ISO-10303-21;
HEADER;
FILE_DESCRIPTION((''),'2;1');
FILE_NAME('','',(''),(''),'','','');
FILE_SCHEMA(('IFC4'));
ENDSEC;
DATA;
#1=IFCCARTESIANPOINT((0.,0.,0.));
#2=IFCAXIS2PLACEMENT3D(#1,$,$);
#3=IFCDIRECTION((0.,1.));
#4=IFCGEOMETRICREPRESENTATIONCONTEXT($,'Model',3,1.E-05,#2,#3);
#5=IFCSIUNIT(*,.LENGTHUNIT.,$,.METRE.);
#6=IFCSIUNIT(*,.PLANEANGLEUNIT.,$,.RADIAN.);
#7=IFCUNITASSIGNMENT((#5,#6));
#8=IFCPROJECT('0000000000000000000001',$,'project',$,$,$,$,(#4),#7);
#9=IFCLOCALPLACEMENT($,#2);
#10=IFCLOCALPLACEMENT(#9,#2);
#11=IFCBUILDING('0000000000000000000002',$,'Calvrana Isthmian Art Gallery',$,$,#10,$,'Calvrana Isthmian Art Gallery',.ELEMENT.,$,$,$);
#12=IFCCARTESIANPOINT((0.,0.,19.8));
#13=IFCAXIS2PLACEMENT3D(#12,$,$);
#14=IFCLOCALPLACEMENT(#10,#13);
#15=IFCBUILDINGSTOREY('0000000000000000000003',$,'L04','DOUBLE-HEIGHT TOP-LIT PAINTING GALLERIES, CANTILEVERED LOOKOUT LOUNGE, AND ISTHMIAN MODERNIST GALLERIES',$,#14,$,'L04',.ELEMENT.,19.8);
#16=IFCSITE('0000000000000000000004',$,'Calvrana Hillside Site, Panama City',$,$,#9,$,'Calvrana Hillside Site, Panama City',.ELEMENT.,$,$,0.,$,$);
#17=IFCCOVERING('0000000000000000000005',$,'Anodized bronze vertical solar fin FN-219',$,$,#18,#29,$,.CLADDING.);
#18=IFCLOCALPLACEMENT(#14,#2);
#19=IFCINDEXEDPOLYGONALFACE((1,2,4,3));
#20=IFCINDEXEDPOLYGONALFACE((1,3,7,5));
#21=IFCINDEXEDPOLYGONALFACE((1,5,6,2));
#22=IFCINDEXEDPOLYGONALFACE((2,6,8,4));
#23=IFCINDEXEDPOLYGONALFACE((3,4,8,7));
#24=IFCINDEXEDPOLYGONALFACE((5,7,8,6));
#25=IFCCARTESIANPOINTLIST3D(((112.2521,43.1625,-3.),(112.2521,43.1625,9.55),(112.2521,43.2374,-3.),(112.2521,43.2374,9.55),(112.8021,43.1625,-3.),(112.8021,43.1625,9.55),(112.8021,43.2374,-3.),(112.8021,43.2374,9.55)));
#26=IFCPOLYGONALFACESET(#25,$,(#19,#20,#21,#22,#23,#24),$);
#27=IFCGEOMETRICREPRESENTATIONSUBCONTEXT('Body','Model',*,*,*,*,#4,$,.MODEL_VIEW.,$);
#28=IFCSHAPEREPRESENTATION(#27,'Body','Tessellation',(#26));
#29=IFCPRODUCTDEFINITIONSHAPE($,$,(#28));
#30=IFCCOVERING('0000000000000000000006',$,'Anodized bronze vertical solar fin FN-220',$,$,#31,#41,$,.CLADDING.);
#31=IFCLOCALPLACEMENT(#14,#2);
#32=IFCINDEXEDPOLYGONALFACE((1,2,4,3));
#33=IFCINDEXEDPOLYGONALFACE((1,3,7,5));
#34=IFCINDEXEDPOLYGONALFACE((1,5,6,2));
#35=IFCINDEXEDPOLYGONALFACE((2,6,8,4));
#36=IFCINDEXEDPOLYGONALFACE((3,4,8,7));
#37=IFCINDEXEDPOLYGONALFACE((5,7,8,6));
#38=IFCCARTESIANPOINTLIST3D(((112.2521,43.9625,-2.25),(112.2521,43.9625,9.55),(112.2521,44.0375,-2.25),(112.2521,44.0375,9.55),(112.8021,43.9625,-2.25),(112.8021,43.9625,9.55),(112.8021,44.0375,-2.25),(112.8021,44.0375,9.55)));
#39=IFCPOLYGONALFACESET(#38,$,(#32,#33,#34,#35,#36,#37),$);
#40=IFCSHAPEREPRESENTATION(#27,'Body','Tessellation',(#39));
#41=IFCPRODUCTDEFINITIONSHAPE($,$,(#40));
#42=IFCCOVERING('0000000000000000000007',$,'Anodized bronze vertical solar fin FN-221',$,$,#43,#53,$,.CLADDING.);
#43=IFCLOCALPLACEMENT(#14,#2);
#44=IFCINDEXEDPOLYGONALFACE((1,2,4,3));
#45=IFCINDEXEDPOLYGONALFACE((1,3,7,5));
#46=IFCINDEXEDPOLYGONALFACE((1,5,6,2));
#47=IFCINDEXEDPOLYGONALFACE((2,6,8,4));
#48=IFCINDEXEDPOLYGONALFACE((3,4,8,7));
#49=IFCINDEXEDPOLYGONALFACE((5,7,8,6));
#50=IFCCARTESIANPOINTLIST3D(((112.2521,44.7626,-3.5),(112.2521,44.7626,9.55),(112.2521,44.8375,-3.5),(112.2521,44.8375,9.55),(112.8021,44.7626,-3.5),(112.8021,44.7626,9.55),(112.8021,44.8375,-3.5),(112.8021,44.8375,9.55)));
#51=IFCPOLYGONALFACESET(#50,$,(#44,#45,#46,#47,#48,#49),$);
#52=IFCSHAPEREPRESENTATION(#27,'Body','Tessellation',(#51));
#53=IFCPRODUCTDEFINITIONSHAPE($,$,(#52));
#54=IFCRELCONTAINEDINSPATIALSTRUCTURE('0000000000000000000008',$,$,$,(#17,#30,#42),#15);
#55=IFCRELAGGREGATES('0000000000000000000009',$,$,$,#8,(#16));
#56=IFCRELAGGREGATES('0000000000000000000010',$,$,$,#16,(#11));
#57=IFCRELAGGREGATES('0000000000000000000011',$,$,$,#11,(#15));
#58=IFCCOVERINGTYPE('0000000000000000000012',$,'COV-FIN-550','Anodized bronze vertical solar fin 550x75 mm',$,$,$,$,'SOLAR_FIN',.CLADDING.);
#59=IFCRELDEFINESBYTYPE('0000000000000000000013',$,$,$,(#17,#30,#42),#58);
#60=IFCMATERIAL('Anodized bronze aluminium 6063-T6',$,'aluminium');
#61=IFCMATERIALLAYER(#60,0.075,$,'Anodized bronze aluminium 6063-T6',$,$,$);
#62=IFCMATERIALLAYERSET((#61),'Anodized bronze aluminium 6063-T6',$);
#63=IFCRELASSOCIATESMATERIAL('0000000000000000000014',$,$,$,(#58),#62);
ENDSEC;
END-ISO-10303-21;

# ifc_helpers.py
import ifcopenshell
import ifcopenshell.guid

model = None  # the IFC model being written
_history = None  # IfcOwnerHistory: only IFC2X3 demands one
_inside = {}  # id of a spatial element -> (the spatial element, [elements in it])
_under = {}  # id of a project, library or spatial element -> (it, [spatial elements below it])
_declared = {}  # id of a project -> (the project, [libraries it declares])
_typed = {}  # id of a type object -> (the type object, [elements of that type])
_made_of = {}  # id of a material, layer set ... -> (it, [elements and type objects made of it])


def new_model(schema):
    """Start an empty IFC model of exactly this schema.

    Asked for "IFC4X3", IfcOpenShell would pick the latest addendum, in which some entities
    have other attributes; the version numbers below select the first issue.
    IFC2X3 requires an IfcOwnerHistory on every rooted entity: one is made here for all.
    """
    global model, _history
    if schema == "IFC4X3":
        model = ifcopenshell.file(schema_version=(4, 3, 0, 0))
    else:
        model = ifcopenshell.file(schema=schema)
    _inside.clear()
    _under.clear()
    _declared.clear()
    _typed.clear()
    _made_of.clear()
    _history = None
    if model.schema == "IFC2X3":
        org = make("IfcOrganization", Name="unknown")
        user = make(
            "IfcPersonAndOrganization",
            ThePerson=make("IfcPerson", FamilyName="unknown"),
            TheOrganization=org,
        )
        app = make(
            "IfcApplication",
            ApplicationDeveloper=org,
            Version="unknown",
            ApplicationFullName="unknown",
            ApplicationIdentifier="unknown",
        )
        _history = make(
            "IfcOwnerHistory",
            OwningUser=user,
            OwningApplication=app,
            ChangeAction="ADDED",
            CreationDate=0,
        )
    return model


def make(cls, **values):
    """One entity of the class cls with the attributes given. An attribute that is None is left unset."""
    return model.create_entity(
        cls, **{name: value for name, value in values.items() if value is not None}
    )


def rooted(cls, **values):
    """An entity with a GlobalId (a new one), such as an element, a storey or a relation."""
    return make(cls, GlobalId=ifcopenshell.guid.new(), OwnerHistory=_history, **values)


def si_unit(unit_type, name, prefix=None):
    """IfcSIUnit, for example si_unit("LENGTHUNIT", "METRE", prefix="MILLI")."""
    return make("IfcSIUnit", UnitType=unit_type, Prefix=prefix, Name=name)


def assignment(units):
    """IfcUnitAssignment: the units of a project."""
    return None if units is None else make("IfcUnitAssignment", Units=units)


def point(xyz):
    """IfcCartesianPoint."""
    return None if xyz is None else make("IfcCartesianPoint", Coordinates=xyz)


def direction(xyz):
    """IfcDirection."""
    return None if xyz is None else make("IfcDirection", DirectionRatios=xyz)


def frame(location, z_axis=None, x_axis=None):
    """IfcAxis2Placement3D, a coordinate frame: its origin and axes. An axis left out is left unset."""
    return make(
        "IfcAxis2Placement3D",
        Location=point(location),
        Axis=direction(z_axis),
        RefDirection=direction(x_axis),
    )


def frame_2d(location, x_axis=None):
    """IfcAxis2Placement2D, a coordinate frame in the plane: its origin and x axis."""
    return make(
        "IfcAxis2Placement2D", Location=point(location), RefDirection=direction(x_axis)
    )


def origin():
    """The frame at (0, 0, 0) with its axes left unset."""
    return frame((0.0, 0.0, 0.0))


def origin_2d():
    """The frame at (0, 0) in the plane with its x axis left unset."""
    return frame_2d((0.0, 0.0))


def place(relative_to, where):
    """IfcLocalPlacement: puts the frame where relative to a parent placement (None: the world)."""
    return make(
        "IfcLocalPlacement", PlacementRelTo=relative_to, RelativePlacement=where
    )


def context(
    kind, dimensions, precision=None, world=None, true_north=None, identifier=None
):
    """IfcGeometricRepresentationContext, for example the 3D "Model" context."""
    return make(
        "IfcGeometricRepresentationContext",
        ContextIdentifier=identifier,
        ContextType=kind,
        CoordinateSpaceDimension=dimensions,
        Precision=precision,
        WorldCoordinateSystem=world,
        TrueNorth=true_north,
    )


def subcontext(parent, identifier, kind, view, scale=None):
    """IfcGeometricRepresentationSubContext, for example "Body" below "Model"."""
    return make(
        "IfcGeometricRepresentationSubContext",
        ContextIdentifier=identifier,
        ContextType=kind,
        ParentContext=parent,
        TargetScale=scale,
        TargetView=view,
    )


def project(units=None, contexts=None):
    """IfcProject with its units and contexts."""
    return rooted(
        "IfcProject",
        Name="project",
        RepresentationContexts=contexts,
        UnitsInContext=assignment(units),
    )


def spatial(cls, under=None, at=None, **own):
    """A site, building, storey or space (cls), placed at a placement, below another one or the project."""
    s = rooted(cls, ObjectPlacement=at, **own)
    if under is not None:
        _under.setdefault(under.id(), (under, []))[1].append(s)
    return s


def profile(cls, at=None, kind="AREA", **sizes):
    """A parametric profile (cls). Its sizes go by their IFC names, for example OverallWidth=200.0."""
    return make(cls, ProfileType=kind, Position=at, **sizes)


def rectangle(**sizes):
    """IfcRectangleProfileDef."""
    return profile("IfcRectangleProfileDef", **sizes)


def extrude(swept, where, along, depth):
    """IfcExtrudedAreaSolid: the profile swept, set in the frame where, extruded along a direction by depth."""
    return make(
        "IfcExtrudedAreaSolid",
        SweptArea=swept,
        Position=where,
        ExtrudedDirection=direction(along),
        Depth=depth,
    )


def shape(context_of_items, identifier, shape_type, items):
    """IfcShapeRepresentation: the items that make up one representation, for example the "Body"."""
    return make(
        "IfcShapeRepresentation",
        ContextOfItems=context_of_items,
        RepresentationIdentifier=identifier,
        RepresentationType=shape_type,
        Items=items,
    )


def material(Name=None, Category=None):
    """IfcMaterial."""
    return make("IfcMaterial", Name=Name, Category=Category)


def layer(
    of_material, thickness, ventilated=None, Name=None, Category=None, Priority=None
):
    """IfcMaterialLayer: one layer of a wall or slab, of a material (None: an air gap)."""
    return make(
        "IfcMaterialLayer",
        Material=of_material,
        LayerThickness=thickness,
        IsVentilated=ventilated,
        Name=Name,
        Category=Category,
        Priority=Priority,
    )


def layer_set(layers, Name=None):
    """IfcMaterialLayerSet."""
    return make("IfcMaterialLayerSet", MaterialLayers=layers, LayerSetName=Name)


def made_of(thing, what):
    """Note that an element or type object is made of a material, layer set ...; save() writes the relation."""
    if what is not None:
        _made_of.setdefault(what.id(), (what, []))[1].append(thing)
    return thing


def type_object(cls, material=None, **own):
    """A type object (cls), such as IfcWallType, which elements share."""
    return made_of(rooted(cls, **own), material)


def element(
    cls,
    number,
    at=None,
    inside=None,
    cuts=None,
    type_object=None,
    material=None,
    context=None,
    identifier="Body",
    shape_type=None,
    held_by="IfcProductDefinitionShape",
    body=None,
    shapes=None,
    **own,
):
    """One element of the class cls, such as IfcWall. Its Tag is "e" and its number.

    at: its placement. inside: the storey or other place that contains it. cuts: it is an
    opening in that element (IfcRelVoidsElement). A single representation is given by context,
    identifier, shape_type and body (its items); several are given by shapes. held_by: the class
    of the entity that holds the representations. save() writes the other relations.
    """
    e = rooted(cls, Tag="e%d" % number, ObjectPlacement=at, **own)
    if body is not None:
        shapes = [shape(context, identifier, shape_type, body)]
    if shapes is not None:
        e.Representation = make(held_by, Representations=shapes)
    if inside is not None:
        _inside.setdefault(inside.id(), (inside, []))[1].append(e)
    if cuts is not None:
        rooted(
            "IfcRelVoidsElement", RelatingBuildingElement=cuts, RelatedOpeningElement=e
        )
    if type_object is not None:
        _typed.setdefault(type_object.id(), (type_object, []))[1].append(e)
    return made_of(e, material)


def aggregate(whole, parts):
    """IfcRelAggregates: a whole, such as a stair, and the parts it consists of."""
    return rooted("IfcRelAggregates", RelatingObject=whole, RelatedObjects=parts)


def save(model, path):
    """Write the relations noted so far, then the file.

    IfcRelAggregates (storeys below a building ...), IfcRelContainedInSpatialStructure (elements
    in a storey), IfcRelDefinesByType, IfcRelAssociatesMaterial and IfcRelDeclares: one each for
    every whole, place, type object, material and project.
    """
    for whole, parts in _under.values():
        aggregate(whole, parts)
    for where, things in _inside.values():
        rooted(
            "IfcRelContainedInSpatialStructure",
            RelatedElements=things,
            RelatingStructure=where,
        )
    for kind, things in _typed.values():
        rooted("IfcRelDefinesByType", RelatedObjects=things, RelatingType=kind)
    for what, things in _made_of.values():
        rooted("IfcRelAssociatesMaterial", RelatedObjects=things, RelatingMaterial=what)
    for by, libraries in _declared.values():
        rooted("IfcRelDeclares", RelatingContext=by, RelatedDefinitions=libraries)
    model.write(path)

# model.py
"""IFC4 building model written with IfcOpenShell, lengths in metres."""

from ifc_helpers import new_model, si_unit, direction, frame, origin, origin_2d, place, context, subcontext, project, spatial, rectangle, extrude, material, layer, layer_set, type_object, element, save


model = new_model("IFC4")

# Units and contexts
model_context = context("Model", 3, precision=1e-05, world=origin(), true_north=direction((0.0, 1.0)))
body_context = subcontext(model_context, "Body", "Model", "MODEL_VIEW")
ifc_project = project(units=[si_unit("LENGTHUNIT", "METRE"), si_unit("PLANEANGLEUNIT", "RADIAN")], contexts=[model_context])

# Site, building, storey
site_placement = place(None, origin())
site = spatial("IfcSite", under=ifc_project, at=site_placement, Name="Calvrana Hillside Site, Panama City", LongName="Calvrana Hillside Site, Panama City", CompositionType="ELEMENT", RefElevation=0.0)
building_placement = place(site_placement, origin())
building = spatial("IfcBuilding", under=site, at=building_placement, Name="Calvrana Isthmian Art Gallery", LongName="Calvrana Isthmian Art Gallery", CompositionType="ELEMENT")
storey_placement = place(building_placement, frame((0.0, 0.0, 19.8)))
storey = spatial("IfcBuildingStorey", under=building, at=storey_placement, Name="L04", Description="DOUBLE-HEIGHT TOP-LIT PAINTING GALLERIES, CANTILEVERED LOOKOUT LOUNGE, AND ISTHMIAN MODERNIST GALLERIES", LongName="L04", CompositionType="ELEMENT", Elevation=19.8)

# Coverings
ifc_material_1 = material(Name="Anodized bronze aluminium 6063-T6", Category="aluminium")
ifc_layer_1 = layer(ifc_material_1, 0.075, Name="Anodized bronze aluminium 6063-T6")
ifc_layer_set_1 = layer_set([ifc_layer_1], Name="Anodized bronze aluminium 6063-T6")
covering_type = type_object("IfcCoveringType", Name="COV-FIN-550", Description="Anodized bronze vertical solar fin 550x75 mm", ElementType="SOLAR_FIN", PredefinedType="CLADDING", material=ifc_layer_set_1)
covering_1_placement = place(storey_placement, frame((112.5271, 43.2, -3.0), z_axis=(0.0, 0.0, 1.0), x_axis=(1.0, 0.0, 0.0)))
element("IfcCovering", 1, at=covering_1_placement, inside=storey, type_object=covering_type, Name="Anodized bronze vertical solar fin FN-219", PredefinedType="CLADDING", context=body_context, shape_type="SweptSolid", body=[
    extrude(rectangle(XDim=0.55, YDim=0.075, at=origin_2d()), origin(), (0.0, 0.0, 1.0), 12.55),
])
covering_2_placement = place(storey_placement, frame((112.5271, 44.0, -2.25), z_axis=(0.0, 0.0, 1.0), x_axis=(1.0, 0.0, 0.0)))
element("IfcCovering", 2, at=covering_2_placement, inside=storey, type_object=covering_type, Name="Anodized bronze vertical solar fin FN-220", PredefinedType="CLADDING", context=body_context, shape_type="SweptSolid", body=[
    extrude(rectangle(XDim=0.55, YDim=0.075, at=origin_2d()), origin(), (0.0, 0.0, 1.0), 11.8),
])
covering_3_placement = place(storey_placement, frame((112.5271, 44.8, -3.5), z_axis=(0.0, 0.0, 1.0), x_axis=(1.0, 0.0, 0.0)))
element("IfcCovering", 3, at=covering_3_placement, inside=storey, type_object=covering_type, Name="Anodized bronze vertical solar fin FN-221", PredefinedType="CLADDING", context=body_context, shape_type="SweptSolid", body=[
    extrude(rectangle(XDim=0.55, YDim=0.075, at=origin_2d()), origin(), (0.0, 0.0, 1.0), 13.05),
])

save(model, "model.ifc")
